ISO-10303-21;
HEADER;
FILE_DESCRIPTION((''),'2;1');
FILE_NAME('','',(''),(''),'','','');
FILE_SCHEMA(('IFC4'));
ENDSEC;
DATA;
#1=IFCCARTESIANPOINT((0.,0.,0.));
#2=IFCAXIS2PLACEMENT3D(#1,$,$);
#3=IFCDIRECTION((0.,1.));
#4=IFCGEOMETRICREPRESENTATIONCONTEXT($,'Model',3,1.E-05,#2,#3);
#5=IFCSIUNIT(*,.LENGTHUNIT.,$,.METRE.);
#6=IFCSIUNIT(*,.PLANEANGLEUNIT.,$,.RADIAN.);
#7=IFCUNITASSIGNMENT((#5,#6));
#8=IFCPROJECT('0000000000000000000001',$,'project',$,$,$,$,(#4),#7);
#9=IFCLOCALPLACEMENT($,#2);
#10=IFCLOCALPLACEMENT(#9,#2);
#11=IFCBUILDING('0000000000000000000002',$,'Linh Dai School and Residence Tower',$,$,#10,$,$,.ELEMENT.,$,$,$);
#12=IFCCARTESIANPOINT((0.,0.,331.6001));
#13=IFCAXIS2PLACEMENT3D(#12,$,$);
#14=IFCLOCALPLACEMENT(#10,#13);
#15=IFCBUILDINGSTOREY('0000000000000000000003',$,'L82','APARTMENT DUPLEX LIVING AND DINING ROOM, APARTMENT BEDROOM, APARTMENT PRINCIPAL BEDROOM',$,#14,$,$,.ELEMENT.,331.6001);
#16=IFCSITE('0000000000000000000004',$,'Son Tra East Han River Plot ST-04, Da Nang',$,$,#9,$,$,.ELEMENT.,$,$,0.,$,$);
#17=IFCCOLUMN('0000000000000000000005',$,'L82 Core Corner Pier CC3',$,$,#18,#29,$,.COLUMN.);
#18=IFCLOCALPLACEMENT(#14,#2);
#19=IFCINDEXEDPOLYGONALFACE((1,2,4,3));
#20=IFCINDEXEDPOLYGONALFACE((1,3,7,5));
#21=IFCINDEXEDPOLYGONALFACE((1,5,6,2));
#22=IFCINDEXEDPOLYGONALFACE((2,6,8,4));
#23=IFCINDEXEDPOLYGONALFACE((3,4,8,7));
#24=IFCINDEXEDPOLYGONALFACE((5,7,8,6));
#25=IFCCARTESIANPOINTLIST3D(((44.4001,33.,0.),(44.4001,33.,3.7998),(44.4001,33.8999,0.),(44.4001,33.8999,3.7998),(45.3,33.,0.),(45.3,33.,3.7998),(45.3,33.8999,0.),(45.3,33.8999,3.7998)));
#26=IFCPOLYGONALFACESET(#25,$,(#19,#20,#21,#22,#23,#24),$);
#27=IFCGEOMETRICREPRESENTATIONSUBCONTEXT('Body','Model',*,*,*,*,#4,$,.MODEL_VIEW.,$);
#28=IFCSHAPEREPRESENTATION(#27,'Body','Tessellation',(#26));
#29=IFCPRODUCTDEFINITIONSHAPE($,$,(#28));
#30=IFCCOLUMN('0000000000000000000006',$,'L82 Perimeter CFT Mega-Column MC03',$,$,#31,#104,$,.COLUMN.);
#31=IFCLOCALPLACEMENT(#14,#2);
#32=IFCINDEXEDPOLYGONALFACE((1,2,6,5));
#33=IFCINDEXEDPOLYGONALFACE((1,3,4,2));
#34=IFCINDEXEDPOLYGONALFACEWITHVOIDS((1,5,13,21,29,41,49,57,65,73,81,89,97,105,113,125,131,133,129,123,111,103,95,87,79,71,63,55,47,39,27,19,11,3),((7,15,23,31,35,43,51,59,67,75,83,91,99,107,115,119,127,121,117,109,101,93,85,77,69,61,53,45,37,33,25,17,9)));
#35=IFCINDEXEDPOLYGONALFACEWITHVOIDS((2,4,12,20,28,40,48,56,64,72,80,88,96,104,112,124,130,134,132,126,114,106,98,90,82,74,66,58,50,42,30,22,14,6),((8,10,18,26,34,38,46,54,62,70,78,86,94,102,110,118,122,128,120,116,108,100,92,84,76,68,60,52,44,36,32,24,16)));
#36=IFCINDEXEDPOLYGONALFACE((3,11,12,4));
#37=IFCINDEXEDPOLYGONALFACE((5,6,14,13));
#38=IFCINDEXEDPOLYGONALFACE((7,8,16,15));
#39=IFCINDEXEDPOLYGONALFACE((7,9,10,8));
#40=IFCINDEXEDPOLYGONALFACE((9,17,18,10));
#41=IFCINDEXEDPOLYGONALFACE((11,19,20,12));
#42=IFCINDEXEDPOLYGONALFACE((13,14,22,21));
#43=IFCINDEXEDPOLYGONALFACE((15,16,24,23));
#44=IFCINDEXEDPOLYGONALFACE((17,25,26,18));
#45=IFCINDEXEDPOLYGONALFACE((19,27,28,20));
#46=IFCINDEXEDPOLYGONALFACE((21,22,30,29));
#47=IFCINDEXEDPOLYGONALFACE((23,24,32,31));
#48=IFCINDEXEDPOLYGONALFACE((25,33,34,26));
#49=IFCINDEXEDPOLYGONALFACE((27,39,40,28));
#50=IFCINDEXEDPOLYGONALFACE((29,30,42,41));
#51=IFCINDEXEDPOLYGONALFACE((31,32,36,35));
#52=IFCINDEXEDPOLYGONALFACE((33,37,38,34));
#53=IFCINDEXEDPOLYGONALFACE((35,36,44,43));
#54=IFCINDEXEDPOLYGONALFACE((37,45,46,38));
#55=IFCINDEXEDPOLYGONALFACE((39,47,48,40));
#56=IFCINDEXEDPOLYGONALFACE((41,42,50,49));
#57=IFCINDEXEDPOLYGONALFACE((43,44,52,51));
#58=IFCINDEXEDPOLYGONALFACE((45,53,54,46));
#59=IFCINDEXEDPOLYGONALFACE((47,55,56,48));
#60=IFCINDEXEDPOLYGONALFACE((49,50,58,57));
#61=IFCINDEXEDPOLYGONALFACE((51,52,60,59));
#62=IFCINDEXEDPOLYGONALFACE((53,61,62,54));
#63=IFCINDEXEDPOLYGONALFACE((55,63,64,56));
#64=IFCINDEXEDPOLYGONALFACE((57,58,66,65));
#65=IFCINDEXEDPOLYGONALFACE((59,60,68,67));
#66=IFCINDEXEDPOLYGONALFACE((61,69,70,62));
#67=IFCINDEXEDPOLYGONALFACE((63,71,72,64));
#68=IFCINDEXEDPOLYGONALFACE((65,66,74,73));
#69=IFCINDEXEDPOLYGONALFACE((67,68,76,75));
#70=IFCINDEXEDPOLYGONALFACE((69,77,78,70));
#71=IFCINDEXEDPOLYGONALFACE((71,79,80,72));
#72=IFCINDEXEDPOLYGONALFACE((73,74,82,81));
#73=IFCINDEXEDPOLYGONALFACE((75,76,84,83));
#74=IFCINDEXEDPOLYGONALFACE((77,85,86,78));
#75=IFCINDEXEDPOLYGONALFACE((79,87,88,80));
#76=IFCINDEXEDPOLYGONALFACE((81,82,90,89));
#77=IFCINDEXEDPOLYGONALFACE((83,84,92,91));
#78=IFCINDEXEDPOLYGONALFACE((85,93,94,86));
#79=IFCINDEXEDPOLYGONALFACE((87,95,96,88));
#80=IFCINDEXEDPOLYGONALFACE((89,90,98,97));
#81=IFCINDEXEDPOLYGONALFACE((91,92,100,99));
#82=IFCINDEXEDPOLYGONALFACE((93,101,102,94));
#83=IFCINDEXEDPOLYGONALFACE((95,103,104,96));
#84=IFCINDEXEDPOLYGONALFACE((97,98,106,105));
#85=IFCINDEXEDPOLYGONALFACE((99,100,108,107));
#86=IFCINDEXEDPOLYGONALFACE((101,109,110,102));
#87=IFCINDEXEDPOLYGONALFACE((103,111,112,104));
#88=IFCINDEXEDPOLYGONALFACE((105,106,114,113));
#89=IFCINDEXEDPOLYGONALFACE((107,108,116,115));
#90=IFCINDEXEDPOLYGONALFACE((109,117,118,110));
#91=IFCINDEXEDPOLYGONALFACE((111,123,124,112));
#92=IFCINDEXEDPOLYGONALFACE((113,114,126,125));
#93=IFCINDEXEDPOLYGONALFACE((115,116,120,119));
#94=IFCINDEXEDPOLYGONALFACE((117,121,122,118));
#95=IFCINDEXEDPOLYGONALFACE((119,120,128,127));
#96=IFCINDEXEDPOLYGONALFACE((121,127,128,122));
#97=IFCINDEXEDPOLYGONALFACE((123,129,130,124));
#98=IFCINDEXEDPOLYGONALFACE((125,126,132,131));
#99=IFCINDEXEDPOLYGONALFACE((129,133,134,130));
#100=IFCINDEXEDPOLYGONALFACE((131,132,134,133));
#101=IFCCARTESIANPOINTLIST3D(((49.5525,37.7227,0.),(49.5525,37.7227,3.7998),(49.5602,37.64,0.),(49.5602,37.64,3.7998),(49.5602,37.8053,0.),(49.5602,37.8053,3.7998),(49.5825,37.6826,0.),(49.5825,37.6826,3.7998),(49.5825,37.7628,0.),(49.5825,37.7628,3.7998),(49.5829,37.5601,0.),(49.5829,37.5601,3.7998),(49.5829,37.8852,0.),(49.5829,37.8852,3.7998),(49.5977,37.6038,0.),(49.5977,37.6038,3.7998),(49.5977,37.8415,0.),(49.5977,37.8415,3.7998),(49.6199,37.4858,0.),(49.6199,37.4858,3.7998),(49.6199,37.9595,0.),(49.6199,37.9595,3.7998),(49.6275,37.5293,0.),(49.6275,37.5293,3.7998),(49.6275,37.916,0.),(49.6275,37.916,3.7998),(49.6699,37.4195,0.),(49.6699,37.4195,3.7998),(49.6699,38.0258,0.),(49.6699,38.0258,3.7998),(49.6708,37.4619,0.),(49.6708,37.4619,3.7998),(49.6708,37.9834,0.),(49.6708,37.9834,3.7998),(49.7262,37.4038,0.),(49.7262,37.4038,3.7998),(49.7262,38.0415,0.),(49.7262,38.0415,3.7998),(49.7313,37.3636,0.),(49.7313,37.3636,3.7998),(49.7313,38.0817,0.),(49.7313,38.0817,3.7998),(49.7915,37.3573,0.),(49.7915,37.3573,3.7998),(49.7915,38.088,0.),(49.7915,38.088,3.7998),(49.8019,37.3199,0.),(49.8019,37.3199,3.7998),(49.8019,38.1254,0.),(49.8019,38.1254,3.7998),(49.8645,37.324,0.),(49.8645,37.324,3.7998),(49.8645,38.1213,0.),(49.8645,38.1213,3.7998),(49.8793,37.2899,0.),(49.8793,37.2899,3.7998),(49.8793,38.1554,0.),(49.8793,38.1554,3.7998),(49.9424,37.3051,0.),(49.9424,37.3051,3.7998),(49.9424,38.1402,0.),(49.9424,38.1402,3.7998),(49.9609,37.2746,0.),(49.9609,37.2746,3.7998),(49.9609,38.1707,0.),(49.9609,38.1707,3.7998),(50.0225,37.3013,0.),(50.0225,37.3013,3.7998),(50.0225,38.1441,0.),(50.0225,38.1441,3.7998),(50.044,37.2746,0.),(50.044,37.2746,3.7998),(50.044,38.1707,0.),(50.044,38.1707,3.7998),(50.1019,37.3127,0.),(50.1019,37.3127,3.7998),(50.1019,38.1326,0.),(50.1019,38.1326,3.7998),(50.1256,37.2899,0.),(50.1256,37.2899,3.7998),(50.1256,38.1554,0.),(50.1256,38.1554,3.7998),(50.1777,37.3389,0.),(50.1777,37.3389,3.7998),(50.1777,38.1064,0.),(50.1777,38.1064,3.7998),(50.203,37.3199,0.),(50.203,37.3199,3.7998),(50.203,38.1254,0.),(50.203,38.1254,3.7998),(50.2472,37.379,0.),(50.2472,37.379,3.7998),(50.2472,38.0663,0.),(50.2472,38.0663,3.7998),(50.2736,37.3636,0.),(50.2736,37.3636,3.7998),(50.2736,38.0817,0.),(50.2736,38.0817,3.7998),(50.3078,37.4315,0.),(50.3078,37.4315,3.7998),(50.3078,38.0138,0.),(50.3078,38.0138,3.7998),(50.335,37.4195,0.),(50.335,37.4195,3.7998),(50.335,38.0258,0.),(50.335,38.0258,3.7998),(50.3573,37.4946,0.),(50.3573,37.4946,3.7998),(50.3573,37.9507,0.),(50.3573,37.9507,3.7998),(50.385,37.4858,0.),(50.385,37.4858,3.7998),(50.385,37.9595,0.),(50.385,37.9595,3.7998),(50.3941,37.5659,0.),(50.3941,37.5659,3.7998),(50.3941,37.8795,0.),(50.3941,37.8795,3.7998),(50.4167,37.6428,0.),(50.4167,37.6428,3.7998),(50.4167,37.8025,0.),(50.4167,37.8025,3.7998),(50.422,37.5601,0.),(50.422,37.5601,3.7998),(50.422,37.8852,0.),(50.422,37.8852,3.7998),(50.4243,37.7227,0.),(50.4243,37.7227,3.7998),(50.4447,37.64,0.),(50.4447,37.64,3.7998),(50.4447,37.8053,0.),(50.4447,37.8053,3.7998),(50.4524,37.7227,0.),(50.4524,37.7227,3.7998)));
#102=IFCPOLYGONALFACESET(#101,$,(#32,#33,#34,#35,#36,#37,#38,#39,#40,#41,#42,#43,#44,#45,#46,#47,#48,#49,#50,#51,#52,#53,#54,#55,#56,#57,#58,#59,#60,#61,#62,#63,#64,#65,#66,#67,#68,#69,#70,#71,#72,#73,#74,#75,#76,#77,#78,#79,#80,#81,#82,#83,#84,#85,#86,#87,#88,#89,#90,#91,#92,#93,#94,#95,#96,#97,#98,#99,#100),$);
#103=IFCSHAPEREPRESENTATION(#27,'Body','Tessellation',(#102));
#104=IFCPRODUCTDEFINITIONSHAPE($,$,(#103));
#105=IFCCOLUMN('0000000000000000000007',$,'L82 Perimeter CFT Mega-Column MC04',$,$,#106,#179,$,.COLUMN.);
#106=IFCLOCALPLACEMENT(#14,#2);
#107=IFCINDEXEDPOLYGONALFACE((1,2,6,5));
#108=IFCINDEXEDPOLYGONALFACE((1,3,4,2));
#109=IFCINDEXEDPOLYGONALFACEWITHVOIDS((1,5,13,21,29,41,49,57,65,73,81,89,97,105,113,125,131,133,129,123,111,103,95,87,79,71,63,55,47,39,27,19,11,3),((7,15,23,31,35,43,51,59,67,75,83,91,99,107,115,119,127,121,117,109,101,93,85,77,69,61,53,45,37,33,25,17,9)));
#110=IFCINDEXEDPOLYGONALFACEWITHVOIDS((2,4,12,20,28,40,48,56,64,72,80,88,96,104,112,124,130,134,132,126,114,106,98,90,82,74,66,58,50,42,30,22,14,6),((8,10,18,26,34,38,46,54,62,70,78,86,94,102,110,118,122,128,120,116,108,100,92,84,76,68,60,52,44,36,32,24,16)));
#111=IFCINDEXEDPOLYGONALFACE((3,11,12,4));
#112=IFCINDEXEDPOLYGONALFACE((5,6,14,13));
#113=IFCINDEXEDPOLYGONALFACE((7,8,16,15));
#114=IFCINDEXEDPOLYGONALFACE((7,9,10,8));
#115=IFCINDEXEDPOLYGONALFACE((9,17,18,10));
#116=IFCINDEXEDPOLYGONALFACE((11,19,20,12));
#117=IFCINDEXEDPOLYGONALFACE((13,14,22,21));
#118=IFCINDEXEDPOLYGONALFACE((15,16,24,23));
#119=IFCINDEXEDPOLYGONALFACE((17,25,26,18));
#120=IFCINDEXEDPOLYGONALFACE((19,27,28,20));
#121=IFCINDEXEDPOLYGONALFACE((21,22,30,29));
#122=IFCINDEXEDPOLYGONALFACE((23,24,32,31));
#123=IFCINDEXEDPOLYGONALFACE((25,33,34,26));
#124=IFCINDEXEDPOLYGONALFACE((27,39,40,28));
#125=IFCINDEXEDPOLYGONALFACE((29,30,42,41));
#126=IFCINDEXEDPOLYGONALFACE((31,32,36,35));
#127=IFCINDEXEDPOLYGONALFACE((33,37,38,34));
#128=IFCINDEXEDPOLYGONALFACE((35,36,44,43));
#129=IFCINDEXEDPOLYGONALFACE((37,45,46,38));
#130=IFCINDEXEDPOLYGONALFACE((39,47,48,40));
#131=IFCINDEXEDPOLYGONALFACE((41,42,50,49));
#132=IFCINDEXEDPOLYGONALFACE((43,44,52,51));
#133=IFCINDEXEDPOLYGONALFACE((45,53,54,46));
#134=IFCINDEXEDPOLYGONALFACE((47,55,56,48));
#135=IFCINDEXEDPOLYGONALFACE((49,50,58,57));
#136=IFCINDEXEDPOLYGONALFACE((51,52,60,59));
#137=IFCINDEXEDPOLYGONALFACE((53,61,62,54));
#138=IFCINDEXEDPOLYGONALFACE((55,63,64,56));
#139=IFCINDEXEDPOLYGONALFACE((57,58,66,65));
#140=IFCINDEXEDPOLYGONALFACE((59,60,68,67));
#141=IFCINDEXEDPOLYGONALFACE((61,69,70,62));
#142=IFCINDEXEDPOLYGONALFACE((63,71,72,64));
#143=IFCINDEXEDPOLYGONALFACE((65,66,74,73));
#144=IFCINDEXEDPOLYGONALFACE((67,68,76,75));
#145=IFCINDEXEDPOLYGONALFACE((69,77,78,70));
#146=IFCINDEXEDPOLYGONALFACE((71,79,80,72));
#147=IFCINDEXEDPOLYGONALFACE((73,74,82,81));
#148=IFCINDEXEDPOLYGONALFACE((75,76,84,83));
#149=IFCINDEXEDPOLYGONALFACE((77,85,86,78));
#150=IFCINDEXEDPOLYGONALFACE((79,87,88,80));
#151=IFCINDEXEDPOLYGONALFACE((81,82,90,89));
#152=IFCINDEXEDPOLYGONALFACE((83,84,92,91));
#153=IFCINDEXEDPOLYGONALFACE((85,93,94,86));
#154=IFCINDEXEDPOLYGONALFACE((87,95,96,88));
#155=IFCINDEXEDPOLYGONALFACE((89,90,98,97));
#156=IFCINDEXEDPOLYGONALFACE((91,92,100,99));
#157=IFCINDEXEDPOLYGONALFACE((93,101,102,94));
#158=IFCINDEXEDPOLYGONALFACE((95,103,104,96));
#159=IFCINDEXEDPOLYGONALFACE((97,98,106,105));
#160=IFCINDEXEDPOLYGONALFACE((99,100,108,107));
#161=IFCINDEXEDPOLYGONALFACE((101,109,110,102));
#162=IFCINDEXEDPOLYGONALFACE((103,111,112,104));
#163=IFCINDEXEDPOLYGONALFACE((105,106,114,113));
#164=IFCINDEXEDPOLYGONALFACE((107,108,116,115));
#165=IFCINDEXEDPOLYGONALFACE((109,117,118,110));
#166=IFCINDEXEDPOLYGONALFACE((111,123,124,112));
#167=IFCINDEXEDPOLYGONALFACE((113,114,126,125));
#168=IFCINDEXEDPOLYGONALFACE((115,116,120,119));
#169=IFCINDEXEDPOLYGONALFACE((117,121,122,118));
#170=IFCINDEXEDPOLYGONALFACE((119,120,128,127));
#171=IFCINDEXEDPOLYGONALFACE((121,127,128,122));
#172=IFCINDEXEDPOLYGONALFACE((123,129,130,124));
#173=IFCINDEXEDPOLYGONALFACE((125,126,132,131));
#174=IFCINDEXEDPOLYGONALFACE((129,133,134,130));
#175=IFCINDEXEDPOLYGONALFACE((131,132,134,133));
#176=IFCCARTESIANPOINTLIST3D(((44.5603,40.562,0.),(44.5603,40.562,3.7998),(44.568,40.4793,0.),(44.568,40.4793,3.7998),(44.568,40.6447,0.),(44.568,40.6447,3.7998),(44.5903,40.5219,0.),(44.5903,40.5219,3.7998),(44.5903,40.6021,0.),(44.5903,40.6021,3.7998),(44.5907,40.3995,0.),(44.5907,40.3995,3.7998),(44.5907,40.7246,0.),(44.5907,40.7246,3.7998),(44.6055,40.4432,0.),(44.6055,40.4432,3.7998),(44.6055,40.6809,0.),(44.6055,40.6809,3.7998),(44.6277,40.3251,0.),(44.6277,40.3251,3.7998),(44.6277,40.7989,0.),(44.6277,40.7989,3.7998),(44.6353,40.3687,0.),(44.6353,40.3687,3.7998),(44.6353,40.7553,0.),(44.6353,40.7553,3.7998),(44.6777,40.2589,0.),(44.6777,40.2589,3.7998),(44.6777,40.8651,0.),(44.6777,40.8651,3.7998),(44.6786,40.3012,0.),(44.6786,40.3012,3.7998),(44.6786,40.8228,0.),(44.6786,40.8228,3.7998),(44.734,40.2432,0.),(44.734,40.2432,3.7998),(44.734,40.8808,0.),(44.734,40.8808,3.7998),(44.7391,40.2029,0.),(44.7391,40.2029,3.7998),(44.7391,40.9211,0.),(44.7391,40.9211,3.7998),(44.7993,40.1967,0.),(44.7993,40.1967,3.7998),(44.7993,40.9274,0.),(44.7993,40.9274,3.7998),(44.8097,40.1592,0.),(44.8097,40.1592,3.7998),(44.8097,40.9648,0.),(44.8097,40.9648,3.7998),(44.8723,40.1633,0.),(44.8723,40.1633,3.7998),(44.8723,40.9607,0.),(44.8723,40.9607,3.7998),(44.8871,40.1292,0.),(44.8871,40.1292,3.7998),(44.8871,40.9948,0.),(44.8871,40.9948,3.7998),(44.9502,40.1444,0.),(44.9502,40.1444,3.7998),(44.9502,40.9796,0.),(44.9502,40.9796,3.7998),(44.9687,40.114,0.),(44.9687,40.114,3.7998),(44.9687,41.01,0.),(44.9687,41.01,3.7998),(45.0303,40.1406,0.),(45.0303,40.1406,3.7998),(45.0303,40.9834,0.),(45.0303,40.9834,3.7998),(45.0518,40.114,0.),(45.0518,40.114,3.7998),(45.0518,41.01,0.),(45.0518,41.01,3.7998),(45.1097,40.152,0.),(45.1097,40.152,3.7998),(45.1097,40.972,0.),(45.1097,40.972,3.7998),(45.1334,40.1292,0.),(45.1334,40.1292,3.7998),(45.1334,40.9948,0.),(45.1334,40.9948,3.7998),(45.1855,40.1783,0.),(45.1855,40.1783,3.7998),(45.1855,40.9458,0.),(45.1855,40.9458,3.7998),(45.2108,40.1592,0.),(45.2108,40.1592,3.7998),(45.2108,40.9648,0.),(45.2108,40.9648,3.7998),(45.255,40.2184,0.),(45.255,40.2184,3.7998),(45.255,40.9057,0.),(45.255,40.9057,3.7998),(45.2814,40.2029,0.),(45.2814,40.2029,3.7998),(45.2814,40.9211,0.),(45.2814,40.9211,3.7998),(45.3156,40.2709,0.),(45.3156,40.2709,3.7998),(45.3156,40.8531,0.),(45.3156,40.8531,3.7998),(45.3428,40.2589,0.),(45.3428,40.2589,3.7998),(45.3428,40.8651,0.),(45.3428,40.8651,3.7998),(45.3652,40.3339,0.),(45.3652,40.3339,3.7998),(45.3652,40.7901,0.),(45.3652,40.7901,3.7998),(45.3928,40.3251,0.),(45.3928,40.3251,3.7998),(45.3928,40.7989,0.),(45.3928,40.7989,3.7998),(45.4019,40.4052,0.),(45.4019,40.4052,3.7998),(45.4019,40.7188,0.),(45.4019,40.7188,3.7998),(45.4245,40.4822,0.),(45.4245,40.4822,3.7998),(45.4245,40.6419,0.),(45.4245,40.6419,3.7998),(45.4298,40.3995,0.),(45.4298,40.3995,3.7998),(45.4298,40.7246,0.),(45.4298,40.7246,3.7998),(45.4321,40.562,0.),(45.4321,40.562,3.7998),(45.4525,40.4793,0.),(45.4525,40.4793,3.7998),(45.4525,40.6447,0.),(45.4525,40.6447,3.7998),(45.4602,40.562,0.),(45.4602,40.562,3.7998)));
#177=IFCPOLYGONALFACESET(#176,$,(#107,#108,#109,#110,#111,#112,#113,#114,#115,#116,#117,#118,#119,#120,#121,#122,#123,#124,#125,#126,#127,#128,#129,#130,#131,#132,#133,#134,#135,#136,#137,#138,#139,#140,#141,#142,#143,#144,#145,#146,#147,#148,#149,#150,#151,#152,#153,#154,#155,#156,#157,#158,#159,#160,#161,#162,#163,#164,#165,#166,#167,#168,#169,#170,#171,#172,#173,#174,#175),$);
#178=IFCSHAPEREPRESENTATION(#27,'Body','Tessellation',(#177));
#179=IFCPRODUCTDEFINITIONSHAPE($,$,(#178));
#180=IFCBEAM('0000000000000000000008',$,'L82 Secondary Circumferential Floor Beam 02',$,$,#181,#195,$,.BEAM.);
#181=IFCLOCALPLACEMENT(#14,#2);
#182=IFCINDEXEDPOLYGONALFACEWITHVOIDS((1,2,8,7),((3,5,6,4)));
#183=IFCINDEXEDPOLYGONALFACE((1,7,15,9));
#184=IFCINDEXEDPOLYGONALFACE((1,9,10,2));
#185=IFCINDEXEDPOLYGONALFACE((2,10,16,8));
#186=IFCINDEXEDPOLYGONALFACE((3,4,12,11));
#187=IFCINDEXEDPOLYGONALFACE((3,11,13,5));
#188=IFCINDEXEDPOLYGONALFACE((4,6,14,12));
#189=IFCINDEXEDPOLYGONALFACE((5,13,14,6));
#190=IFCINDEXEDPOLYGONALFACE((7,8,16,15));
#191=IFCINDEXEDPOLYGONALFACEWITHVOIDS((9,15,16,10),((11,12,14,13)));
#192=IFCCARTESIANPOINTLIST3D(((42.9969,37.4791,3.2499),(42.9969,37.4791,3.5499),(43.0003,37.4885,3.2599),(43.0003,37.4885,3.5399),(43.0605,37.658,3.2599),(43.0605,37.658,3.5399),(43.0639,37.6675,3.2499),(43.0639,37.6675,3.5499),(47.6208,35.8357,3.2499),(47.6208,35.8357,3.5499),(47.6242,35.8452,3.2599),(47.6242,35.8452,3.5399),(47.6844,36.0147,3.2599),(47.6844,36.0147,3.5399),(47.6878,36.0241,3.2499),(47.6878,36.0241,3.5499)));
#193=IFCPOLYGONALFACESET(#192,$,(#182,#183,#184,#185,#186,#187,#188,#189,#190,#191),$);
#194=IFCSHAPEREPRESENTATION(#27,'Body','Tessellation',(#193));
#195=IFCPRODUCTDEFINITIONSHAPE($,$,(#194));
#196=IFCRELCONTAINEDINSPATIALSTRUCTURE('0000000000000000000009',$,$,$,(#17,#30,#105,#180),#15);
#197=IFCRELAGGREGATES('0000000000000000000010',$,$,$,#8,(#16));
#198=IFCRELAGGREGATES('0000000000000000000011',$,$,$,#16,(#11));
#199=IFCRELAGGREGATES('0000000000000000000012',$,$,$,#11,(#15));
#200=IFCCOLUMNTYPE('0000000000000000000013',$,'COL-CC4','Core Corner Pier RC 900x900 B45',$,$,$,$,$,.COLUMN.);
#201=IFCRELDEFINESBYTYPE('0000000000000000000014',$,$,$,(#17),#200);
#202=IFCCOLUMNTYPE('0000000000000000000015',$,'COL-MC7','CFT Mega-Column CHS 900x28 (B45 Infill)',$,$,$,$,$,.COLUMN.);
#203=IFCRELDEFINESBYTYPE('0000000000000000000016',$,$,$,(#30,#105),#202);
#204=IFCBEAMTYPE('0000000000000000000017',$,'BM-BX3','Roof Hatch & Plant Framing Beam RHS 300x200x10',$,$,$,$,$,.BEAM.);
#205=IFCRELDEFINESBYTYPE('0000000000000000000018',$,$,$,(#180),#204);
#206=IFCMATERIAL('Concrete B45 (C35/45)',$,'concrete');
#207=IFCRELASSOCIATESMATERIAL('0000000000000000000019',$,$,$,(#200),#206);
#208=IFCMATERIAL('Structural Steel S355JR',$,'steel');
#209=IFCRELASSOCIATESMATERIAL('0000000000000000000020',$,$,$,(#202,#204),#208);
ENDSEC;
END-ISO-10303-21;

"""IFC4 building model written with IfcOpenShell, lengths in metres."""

from ifc_helpers import new_model, si_unit, direction, frame, origin, origin_2d, place, context, subcontext, project, spatial, rectangle, hollow_rectangle, hollow_circle, extrude, material, material_profile, profile_set, type_object, element, save


model = new_model("IFC4")

# Units and contexts
model_context = context("Model", 3, precision=1e-05, world=origin(), true_north=direction((0.0, 1.0)))
body_context = subcontext(model_context, "Body", "Model", "MODEL_VIEW")
ifc_project = project(units=[si_unit("LENGTHUNIT", "METRE"), si_unit("PLANEANGLEUNIT", "RADIAN")], contexts=[model_context])

# Site, building, storey
site_placement = place(None, origin())
site = spatial("IfcSite", under=ifc_project, at=site_placement, Name="Son Tra East Han River Plot ST-04, Da Nang", CompositionType="ELEMENT", RefElevation=0.0)
building_placement = place(site_placement, origin())
building = spatial("IfcBuilding", under=site, at=building_placement, Name="Linh Dai School and Residence Tower", CompositionType="ELEMENT")
storey_placement = place(building_placement, frame((0.0, 0.0, 331.6001)))
storey = spatial("IfcBuildingStorey", under=building, at=storey_placement, Name="L82", Description="APARTMENT DUPLEX LIVING AND DINING ROOM, APARTMENT BEDROOM, APARTMENT PRINCIPAL BEDROOM", CompositionType="ELEMENT", Elevation=331.6001)

# Columns
ifc_material_1 = material(Name="Concrete B45 (C35/45)", Category="concrete")
ifc_material_profile_1 = material_profile(ifc_material_1, rectangle(XDim=0.8999, YDim=0.8999, at=origin_2d()), Name="RC 900x900")
ifc_profile_set_1 = profile_set([ifc_material_profile_1], Name="Concrete B45 (C35/45)")
column_type_1 = type_object("IfcColumnType", Name="COL-CC4", Description="Core Corner Pier RC 900x900 B45", PredefinedType="COLUMN", material=ifc_profile_set_1)
column_placement = place(storey_placement, frame((44.8501, 33.45, 0.0), z_axis=(0.0, 0.0, 1.0), x_axis=(1.0, 0.0, 0.0)))
element("IfcColumn", 1, at=column_placement, inside=storey, type_object=column_type_1, Name="L82 Core Corner Pier CC3", PredefinedType="COLUMN", context=body_context, shape_type="SweptSolid", body=[
    extrude(rectangle(XDim=0.8999, YDim=0.8999, at=origin_2d()), origin(), (0.0, 0.0, 1.0), 3.7998),
])
ifc_material_2 = material(Name="Structural Steel S355JR", Category="steel")
ifc_material_profile_2 = material_profile(ifc_material_2, hollow_circle(Radius=0.45, WallThickness=0.0281, at=origin_2d()), Name="CHS 900x28")
ifc_profile_set_2 = profile_set([ifc_material_profile_2], Name="Structural Steel S355JR")
column_type_2 = type_object("IfcColumnType", Name="COL-MC7", Description="CFT Mega-Column CHS 900x28 (B45 Infill)", PredefinedType="COLUMN", material=ifc_profile_set_2)
for number, where, z_axis, x_axis, name in (
    (2, (50.0024, 37.7227, 0.0), (0.0, 0.0, 1.0), (1.0, 0.0, 0.0), "L82 Perimeter CFT Mega-Column MC03"),
    (3, (45.0103, 40.562, 0.0), (0.0, 0.0, 1.0), (1.0, 0.0, 0.0), "L82 Perimeter CFT Mega-Column MC04"),
):
    element("IfcColumn", number, at=place(storey_placement, frame(where, z_axis=z_axis, x_axis=x_axis)), inside=storey, type_object=column_type_2, Name=name, PredefinedType="COLUMN", context=body_context, shape_type="SweptSolid", body=[
        extrude(hollow_circle(Radius=0.45, WallThickness=0.0281, at=origin_2d()), origin(), (0.0, 0.0, 1.0), 3.7998),
    ])

# Beam
ifc_material_profile_3 = material_profile(ifc_material_2, hollow_rectangle(XDim=0.2, YDim=0.3, WallThickness=0.01, at=origin_2d()), Name="RHS 300x200x10")
ifc_profile_set_3 = profile_set([ifc_material_profile_3], Name="Structural Steel S355JR")
beam_type_1 = type_object("IfcBeamType", Name="BM-BX3", Description="Roof Hatch & Plant Framing Beam RHS 300x200x10", PredefinedType="BEAM", material=ifc_profile_set_3)
beam_1_placement = place(storey_placement, frame((47.6543, 35.9299, 3.3999), z_axis=(-0.94226, 0.334883, 0.0), x_axis=(-0.334883, -0.94226, 0.0)))
element("IfcBeam", 4, at=beam_1_placement, inside=storey, type_object=beam_type_1, Name="L82 Secondary Circumferential Floor Beam 02", PredefinedType="BEAM", context=body_context, shape_type="SweptSolid", body=[
    extrude(hollow_rectangle(XDim=0.2, YDim=0.3, WallThickness=0.01, at=origin_2d()), origin(), (0.0, 0.0, 1.0), 4.9072),
])

save(model, "model.ifc")
